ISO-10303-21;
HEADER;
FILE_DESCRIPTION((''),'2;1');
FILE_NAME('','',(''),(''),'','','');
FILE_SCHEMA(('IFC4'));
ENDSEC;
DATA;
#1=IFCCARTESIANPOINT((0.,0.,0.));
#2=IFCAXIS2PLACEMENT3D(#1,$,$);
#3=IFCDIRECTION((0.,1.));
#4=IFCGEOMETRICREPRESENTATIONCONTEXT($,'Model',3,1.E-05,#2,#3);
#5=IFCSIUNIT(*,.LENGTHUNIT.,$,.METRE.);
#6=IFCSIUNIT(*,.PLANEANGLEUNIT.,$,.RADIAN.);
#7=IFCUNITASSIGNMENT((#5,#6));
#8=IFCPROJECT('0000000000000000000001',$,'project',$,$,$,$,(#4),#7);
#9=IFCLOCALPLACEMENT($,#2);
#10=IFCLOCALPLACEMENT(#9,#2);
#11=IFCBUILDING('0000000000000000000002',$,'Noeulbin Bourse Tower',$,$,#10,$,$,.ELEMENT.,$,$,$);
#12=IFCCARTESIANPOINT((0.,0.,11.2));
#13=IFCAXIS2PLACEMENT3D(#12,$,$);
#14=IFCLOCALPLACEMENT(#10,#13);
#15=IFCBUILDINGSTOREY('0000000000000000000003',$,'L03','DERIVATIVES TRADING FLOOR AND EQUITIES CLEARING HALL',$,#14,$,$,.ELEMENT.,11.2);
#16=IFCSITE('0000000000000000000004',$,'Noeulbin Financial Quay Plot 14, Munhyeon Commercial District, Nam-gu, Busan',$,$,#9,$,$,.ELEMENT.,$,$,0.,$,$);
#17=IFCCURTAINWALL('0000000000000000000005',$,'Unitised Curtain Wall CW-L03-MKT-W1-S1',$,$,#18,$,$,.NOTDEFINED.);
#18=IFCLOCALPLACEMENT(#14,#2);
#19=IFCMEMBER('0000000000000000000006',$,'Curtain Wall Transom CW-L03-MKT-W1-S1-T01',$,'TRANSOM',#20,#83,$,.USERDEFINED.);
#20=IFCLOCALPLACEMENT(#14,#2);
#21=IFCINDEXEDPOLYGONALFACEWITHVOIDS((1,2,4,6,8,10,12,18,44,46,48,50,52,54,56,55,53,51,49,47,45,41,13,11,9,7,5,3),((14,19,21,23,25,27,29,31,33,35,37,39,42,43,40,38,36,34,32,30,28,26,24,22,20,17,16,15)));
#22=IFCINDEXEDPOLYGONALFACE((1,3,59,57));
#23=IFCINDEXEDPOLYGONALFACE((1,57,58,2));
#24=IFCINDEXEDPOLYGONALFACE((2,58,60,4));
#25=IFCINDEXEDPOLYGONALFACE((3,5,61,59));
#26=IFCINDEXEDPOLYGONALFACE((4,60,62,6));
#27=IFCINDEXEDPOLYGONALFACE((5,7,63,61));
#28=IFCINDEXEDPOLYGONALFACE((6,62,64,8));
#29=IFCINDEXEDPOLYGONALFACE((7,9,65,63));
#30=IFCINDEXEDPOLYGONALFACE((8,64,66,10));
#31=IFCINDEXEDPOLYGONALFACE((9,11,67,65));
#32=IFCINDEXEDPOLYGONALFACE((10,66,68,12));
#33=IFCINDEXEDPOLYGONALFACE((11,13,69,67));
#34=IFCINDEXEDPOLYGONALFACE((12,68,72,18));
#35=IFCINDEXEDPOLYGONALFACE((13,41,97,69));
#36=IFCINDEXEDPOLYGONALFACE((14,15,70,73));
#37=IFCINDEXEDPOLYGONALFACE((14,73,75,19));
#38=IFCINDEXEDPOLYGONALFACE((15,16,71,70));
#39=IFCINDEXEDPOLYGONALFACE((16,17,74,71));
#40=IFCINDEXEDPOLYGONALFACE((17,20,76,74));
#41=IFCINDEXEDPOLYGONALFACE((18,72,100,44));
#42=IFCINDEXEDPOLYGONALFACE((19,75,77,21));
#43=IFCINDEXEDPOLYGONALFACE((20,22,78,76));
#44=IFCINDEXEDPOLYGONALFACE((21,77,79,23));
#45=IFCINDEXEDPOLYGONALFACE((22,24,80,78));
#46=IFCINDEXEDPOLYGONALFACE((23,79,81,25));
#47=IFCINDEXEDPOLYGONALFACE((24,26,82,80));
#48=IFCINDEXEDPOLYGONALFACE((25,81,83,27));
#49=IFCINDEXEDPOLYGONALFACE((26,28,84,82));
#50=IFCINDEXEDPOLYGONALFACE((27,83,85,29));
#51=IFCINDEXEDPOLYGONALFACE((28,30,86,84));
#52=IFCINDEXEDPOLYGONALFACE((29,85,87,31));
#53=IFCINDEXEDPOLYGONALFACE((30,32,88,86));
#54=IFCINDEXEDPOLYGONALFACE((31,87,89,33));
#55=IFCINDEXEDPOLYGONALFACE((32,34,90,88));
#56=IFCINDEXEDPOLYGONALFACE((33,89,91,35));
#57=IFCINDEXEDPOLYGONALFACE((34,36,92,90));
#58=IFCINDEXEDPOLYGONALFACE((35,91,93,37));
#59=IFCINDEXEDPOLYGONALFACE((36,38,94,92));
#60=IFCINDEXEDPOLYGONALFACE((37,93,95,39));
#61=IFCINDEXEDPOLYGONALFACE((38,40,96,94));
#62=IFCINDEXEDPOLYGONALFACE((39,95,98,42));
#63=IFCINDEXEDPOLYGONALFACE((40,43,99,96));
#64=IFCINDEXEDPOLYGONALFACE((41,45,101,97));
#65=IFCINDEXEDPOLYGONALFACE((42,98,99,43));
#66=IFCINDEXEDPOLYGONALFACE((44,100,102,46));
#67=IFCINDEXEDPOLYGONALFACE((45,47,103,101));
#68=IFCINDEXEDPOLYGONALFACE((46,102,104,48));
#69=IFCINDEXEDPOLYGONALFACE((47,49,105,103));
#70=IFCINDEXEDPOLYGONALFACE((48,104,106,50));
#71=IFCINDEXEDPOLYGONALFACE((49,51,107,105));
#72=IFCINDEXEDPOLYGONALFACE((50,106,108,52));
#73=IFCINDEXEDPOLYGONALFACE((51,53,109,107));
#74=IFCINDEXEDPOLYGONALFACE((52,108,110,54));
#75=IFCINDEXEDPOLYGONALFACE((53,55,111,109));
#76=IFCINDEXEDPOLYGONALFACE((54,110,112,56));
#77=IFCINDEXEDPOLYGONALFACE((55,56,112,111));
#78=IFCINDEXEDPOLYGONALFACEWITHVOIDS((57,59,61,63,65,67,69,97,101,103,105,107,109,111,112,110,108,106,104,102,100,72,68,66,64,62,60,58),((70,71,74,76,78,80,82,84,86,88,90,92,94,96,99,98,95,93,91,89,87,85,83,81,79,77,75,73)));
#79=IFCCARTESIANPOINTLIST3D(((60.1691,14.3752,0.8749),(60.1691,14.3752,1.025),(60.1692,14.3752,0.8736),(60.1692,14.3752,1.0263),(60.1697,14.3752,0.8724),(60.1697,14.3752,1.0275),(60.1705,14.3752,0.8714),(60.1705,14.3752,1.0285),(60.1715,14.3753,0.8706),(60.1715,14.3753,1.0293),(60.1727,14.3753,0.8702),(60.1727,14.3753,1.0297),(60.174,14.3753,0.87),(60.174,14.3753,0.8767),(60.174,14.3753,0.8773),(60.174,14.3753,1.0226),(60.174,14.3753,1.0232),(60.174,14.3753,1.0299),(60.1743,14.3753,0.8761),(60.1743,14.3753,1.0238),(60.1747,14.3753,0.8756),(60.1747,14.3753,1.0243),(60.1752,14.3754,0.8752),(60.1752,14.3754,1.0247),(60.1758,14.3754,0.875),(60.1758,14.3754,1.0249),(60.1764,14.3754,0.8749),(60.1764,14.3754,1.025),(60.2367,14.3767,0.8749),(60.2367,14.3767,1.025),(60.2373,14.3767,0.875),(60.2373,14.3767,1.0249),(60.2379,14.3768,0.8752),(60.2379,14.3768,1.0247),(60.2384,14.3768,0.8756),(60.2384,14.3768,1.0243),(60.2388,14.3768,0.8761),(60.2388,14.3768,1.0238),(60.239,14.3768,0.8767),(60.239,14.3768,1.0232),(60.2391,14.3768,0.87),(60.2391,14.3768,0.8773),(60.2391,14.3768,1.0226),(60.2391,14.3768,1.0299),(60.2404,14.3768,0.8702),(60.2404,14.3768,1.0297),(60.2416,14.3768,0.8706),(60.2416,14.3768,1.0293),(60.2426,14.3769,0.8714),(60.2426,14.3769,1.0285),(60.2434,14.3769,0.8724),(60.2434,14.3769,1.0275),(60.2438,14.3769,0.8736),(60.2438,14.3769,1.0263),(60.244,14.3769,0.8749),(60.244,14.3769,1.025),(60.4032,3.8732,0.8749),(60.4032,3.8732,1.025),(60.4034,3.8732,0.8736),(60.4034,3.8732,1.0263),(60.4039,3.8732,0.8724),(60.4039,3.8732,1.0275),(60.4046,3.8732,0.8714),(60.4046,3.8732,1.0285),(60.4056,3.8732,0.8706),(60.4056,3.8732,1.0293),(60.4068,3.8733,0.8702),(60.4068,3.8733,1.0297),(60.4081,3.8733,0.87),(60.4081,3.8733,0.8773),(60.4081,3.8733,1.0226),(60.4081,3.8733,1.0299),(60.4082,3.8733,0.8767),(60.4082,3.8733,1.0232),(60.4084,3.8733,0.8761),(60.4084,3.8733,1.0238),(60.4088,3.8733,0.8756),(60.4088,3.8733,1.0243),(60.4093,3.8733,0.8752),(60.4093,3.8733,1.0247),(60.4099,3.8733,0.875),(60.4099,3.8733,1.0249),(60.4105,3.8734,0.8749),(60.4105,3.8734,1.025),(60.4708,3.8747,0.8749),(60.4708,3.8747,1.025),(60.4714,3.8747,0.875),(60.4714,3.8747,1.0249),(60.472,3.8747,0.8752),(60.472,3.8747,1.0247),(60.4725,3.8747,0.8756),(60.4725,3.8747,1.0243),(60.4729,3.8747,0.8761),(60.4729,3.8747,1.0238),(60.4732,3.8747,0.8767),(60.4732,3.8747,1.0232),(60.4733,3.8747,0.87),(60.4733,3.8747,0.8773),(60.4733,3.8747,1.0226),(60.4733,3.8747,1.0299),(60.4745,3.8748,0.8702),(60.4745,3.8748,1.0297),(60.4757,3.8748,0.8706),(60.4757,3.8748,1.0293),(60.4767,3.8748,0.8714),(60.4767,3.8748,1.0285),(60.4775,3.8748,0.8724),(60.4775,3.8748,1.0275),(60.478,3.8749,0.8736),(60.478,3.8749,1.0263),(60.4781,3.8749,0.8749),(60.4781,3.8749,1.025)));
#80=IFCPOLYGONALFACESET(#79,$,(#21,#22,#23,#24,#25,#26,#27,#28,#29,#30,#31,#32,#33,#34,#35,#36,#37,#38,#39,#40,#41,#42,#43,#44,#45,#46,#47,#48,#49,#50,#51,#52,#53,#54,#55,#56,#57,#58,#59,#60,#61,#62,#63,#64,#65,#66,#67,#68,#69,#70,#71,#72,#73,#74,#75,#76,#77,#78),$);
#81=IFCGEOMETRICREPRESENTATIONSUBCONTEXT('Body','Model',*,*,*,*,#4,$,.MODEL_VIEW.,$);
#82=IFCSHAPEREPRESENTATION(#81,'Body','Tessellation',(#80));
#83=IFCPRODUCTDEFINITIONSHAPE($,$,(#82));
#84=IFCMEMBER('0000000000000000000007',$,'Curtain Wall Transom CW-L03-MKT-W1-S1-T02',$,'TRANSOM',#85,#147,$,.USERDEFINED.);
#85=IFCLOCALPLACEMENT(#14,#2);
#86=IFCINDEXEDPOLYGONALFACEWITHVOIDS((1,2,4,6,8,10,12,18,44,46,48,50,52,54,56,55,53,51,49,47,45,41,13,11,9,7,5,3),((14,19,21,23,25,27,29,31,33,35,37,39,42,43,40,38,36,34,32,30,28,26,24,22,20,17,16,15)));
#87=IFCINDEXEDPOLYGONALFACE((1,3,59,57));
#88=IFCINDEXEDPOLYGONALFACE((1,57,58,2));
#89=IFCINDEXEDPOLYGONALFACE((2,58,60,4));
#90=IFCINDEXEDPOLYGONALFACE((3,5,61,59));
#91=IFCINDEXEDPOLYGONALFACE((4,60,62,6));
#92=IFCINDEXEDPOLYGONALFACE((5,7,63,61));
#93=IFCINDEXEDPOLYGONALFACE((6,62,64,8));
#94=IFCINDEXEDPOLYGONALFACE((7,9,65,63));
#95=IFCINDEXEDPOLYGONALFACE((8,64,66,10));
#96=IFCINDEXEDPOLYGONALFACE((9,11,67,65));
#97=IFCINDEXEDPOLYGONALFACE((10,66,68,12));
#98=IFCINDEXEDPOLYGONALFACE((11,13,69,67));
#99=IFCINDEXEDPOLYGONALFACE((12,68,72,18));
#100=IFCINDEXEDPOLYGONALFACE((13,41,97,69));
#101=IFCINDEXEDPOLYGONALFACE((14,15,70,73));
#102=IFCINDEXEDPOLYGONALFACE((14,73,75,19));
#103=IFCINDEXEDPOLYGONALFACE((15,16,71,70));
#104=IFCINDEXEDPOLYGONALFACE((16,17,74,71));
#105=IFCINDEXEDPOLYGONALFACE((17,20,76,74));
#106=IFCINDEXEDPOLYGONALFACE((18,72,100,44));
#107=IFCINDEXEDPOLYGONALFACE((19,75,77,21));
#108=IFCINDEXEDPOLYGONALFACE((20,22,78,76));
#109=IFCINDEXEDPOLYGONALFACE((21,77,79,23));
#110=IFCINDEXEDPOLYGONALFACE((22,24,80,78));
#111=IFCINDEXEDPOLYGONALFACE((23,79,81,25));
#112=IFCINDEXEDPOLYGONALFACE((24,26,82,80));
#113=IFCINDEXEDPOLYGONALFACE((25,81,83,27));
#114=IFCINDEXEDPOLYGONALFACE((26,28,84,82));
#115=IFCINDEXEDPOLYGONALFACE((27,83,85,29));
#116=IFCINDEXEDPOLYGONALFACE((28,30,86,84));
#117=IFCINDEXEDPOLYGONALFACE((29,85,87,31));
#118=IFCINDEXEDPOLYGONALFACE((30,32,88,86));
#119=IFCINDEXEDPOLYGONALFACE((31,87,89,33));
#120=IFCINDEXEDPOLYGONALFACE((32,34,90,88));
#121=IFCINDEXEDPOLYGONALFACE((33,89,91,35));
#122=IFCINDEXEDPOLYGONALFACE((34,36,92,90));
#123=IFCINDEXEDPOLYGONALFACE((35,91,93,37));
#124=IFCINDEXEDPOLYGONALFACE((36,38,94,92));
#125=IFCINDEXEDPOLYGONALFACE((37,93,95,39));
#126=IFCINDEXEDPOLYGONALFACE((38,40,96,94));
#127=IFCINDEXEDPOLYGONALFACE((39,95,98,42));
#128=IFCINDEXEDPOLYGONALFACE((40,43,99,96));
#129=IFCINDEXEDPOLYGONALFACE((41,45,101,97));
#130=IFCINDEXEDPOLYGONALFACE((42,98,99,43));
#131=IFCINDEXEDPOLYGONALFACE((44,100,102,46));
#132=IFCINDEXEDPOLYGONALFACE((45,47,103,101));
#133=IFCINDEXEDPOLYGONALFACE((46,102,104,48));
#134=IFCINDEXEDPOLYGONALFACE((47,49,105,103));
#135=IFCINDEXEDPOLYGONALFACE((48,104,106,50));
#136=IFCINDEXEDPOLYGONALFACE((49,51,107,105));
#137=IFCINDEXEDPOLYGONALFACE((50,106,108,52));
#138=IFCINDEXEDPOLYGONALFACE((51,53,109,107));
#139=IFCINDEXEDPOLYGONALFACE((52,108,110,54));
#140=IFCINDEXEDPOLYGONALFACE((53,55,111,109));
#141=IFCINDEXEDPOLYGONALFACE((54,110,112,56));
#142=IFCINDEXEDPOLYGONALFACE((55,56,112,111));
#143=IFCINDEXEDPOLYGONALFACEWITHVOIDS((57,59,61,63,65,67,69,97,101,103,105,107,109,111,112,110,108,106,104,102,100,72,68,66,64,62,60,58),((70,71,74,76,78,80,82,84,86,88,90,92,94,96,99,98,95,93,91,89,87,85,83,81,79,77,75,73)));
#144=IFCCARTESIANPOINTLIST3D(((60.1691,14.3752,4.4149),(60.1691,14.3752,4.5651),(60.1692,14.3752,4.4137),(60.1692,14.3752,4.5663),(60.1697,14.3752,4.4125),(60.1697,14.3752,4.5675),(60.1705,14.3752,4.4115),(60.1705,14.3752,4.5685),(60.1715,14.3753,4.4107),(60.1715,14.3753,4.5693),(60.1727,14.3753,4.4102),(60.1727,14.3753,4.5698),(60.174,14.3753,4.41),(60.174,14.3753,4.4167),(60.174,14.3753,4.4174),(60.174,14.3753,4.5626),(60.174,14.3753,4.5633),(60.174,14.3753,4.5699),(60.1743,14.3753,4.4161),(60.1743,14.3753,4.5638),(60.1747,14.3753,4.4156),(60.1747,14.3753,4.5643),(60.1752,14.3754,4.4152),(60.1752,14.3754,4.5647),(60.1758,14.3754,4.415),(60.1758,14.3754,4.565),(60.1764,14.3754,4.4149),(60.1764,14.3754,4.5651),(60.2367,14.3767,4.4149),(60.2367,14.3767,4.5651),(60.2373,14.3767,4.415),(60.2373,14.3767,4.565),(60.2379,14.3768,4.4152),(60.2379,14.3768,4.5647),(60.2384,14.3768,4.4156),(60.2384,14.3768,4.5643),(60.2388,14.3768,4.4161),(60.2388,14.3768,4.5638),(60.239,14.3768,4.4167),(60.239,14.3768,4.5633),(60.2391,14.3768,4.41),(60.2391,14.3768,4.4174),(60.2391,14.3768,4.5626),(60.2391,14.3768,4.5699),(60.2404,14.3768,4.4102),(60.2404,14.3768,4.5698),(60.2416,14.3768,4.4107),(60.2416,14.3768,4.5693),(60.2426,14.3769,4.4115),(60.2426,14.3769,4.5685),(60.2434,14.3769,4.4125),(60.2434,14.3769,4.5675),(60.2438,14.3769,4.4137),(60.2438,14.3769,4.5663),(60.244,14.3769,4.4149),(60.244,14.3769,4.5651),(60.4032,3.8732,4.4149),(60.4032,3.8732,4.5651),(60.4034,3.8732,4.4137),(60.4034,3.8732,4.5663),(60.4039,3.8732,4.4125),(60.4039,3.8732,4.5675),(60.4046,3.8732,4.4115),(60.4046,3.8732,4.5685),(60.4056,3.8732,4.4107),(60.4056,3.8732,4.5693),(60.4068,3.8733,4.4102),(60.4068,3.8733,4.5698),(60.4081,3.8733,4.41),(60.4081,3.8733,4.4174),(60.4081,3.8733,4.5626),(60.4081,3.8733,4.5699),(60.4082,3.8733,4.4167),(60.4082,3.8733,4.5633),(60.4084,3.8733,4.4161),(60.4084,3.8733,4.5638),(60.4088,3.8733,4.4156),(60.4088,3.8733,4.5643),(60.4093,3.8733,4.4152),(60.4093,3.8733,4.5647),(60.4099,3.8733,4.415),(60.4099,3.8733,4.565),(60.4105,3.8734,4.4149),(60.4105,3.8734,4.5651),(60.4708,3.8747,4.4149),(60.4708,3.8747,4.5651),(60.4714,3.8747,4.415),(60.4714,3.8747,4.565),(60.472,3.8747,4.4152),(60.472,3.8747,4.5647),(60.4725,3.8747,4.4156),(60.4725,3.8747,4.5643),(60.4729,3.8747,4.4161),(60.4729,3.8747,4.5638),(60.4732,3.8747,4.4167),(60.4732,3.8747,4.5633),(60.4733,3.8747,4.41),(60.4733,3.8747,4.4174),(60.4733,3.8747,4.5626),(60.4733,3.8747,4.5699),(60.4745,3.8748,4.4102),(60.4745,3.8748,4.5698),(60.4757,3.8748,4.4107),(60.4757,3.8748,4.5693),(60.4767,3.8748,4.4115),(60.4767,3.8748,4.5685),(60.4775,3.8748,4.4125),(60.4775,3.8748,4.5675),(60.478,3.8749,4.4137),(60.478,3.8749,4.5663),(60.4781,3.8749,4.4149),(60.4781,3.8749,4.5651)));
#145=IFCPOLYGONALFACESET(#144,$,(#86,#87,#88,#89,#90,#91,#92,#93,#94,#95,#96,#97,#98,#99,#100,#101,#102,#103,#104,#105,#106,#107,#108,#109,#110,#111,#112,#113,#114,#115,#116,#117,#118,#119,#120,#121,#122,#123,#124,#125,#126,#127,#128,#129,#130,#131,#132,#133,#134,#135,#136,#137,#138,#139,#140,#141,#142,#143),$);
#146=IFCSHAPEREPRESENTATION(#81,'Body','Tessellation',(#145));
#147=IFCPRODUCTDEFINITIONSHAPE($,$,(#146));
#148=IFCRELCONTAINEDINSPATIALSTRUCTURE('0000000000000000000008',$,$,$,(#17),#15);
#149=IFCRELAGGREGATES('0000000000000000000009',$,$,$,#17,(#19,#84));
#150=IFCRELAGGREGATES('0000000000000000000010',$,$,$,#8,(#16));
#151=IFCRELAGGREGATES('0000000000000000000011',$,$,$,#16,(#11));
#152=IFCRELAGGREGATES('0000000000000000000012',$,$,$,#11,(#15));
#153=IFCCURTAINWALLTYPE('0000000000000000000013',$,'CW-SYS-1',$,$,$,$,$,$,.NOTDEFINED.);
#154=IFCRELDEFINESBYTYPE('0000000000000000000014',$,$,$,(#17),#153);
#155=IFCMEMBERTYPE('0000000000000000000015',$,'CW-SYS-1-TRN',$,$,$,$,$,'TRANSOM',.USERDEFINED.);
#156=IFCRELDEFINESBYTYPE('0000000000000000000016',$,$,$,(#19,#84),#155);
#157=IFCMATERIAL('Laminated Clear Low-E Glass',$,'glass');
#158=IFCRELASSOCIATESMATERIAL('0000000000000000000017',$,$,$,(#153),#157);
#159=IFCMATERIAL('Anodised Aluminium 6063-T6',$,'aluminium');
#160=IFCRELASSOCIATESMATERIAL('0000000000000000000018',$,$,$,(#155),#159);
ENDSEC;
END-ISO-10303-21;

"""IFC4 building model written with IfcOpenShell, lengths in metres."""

from ifc_helpers import new_model, si_unit, direction, frame, origin, origin_2d, place, context, subcontext, project, spatial, hollow_rectangle, extrude, material, material_profile, profile_set, type_object, element, aggregate, save


model = new_model("IFC4")

# Units and contexts
model_context = context("Model", 3, precision=1e-05, world=origin(), true_north=direction((0.0, 1.0)))
body_context = subcontext(model_context, "Body", "Model", "MODEL_VIEW")
ifc_project = project(units=[si_unit("LENGTHUNIT", "METRE"), si_unit("PLANEANGLEUNIT", "RADIAN")], contexts=[model_context])

# Site, building, storey
site_placement = place(None, origin())
site = spatial("IfcSite", under=ifc_project, at=site_placement, Name="Noeulbin Financial Quay Plot 14, Munhyeon Commercial District, Nam-gu, Busan", CompositionType="ELEMENT", RefElevation=0.0)
building_placement = place(site_placement, origin())
building = spatial("IfcBuilding", under=site, at=building_placement, Name="Noeulbin Bourse Tower", CompositionType="ELEMENT")
storey_placement = place(building_placement, frame((0.0, 0.0, 11.2)))
storey = spatial("IfcBuildingStorey", under=building, at=storey_placement, Name="L03", Description="DERIVATIVES TRADING FLOOR AND EQUITIES CLEARING HALL", CompositionType="ELEMENT", Elevation=11.2)

# Curtain wall
ifc_material_1 = material(Name="Laminated Clear Low-E Glass", Category="glass")
curtain_wall_type = type_object("IfcCurtainWallType", Name="CW-SYS-1", PredefinedType="NOTDEFINED", material=ifc_material_1)
curtain_wall_1_placement = place(storey_placement, origin())
curtain_wall_1 = element("IfcCurtainWall", 1, at=curtain_wall_1_placement, inside=storey, type_object=curtain_wall_type, Name="Unitised Curtain Wall CW-L03-MKT-W1-S1", PredefinedType="NOTDEFINED")
ifc_material_2 = material(Name="Anodised Aluminium 6063-T6", Category="aluminium")

# Members
ifc_material_profile_1 = material_profile(ifc_material_2, hollow_rectangle(XDim=0.075, YDim=0.1599, WallThickness=0.0049, InnerFilletRadius=0.0024, OuterFilletRadius=0.0049, at=origin_2d()), Name="ALU-TRAN-75x160x5", Category="LoadBearing")
ifc_profile_set_1 = profile_set([ifc_material_profile_1], Name="Anodised Aluminium 6063-T6")
member_type_1 = type_object("IfcMemberType", Name="CW-SYS-1-TRN", ElementType="TRANSOM", PredefinedType="USERDEFINED", material=ifc_profile_set_1)
member_1_placement = place(storey_placement, frame((60.4407, 3.874, 0.95), z_axis=(-0.022288, 0.999752, 0.0), x_axis=(-0.999752, -0.022288, 0.0)))
member_1 = element("IfcMember", 2, at=member_1_placement, type_object=member_type_1, Name="Curtain Wall Transom CW-L03-MKT-W1-S1-T01", ObjectType="TRANSOM", PredefinedType="USERDEFINED", context=body_context, shape_type="SweptSolid", body=[
    extrude(hollow_rectangle(XDim=0.075, YDim=0.1599, WallThickness=0.0049, InnerFilletRadius=0.0024, OuterFilletRadius=0.0049, at=origin_2d()), origin(), (0.0, 0.0, 1.0), 10.5046),
])
member_2_placement = place(storey_placement, frame((60.4407, 3.874, 4.49), z_axis=(-0.022288, 0.999752, 0.0), x_axis=(-0.999752, -0.022288, 0.0)))
member_2 = element("IfcMember", 3, at=member_2_placement, type_object=member_type_1, Name="Curtain Wall Transom CW-L03-MKT-W1-S1-T02", ObjectType="TRANSOM", PredefinedType="USERDEFINED", context=body_context, shape_type="SweptSolid", body=[
    extrude(hollow_rectangle(XDim=0.075, YDim=0.1599, WallThickness=0.0049, InnerFilletRadius=0.0024, OuterFilletRadius=0.0049, at=origin_2d()), origin(), (0.0, 0.0, 1.0), 10.5046),
])

aggregate(curtain_wall_1, [member_1, member_2])

save(model, "model.ifc")
